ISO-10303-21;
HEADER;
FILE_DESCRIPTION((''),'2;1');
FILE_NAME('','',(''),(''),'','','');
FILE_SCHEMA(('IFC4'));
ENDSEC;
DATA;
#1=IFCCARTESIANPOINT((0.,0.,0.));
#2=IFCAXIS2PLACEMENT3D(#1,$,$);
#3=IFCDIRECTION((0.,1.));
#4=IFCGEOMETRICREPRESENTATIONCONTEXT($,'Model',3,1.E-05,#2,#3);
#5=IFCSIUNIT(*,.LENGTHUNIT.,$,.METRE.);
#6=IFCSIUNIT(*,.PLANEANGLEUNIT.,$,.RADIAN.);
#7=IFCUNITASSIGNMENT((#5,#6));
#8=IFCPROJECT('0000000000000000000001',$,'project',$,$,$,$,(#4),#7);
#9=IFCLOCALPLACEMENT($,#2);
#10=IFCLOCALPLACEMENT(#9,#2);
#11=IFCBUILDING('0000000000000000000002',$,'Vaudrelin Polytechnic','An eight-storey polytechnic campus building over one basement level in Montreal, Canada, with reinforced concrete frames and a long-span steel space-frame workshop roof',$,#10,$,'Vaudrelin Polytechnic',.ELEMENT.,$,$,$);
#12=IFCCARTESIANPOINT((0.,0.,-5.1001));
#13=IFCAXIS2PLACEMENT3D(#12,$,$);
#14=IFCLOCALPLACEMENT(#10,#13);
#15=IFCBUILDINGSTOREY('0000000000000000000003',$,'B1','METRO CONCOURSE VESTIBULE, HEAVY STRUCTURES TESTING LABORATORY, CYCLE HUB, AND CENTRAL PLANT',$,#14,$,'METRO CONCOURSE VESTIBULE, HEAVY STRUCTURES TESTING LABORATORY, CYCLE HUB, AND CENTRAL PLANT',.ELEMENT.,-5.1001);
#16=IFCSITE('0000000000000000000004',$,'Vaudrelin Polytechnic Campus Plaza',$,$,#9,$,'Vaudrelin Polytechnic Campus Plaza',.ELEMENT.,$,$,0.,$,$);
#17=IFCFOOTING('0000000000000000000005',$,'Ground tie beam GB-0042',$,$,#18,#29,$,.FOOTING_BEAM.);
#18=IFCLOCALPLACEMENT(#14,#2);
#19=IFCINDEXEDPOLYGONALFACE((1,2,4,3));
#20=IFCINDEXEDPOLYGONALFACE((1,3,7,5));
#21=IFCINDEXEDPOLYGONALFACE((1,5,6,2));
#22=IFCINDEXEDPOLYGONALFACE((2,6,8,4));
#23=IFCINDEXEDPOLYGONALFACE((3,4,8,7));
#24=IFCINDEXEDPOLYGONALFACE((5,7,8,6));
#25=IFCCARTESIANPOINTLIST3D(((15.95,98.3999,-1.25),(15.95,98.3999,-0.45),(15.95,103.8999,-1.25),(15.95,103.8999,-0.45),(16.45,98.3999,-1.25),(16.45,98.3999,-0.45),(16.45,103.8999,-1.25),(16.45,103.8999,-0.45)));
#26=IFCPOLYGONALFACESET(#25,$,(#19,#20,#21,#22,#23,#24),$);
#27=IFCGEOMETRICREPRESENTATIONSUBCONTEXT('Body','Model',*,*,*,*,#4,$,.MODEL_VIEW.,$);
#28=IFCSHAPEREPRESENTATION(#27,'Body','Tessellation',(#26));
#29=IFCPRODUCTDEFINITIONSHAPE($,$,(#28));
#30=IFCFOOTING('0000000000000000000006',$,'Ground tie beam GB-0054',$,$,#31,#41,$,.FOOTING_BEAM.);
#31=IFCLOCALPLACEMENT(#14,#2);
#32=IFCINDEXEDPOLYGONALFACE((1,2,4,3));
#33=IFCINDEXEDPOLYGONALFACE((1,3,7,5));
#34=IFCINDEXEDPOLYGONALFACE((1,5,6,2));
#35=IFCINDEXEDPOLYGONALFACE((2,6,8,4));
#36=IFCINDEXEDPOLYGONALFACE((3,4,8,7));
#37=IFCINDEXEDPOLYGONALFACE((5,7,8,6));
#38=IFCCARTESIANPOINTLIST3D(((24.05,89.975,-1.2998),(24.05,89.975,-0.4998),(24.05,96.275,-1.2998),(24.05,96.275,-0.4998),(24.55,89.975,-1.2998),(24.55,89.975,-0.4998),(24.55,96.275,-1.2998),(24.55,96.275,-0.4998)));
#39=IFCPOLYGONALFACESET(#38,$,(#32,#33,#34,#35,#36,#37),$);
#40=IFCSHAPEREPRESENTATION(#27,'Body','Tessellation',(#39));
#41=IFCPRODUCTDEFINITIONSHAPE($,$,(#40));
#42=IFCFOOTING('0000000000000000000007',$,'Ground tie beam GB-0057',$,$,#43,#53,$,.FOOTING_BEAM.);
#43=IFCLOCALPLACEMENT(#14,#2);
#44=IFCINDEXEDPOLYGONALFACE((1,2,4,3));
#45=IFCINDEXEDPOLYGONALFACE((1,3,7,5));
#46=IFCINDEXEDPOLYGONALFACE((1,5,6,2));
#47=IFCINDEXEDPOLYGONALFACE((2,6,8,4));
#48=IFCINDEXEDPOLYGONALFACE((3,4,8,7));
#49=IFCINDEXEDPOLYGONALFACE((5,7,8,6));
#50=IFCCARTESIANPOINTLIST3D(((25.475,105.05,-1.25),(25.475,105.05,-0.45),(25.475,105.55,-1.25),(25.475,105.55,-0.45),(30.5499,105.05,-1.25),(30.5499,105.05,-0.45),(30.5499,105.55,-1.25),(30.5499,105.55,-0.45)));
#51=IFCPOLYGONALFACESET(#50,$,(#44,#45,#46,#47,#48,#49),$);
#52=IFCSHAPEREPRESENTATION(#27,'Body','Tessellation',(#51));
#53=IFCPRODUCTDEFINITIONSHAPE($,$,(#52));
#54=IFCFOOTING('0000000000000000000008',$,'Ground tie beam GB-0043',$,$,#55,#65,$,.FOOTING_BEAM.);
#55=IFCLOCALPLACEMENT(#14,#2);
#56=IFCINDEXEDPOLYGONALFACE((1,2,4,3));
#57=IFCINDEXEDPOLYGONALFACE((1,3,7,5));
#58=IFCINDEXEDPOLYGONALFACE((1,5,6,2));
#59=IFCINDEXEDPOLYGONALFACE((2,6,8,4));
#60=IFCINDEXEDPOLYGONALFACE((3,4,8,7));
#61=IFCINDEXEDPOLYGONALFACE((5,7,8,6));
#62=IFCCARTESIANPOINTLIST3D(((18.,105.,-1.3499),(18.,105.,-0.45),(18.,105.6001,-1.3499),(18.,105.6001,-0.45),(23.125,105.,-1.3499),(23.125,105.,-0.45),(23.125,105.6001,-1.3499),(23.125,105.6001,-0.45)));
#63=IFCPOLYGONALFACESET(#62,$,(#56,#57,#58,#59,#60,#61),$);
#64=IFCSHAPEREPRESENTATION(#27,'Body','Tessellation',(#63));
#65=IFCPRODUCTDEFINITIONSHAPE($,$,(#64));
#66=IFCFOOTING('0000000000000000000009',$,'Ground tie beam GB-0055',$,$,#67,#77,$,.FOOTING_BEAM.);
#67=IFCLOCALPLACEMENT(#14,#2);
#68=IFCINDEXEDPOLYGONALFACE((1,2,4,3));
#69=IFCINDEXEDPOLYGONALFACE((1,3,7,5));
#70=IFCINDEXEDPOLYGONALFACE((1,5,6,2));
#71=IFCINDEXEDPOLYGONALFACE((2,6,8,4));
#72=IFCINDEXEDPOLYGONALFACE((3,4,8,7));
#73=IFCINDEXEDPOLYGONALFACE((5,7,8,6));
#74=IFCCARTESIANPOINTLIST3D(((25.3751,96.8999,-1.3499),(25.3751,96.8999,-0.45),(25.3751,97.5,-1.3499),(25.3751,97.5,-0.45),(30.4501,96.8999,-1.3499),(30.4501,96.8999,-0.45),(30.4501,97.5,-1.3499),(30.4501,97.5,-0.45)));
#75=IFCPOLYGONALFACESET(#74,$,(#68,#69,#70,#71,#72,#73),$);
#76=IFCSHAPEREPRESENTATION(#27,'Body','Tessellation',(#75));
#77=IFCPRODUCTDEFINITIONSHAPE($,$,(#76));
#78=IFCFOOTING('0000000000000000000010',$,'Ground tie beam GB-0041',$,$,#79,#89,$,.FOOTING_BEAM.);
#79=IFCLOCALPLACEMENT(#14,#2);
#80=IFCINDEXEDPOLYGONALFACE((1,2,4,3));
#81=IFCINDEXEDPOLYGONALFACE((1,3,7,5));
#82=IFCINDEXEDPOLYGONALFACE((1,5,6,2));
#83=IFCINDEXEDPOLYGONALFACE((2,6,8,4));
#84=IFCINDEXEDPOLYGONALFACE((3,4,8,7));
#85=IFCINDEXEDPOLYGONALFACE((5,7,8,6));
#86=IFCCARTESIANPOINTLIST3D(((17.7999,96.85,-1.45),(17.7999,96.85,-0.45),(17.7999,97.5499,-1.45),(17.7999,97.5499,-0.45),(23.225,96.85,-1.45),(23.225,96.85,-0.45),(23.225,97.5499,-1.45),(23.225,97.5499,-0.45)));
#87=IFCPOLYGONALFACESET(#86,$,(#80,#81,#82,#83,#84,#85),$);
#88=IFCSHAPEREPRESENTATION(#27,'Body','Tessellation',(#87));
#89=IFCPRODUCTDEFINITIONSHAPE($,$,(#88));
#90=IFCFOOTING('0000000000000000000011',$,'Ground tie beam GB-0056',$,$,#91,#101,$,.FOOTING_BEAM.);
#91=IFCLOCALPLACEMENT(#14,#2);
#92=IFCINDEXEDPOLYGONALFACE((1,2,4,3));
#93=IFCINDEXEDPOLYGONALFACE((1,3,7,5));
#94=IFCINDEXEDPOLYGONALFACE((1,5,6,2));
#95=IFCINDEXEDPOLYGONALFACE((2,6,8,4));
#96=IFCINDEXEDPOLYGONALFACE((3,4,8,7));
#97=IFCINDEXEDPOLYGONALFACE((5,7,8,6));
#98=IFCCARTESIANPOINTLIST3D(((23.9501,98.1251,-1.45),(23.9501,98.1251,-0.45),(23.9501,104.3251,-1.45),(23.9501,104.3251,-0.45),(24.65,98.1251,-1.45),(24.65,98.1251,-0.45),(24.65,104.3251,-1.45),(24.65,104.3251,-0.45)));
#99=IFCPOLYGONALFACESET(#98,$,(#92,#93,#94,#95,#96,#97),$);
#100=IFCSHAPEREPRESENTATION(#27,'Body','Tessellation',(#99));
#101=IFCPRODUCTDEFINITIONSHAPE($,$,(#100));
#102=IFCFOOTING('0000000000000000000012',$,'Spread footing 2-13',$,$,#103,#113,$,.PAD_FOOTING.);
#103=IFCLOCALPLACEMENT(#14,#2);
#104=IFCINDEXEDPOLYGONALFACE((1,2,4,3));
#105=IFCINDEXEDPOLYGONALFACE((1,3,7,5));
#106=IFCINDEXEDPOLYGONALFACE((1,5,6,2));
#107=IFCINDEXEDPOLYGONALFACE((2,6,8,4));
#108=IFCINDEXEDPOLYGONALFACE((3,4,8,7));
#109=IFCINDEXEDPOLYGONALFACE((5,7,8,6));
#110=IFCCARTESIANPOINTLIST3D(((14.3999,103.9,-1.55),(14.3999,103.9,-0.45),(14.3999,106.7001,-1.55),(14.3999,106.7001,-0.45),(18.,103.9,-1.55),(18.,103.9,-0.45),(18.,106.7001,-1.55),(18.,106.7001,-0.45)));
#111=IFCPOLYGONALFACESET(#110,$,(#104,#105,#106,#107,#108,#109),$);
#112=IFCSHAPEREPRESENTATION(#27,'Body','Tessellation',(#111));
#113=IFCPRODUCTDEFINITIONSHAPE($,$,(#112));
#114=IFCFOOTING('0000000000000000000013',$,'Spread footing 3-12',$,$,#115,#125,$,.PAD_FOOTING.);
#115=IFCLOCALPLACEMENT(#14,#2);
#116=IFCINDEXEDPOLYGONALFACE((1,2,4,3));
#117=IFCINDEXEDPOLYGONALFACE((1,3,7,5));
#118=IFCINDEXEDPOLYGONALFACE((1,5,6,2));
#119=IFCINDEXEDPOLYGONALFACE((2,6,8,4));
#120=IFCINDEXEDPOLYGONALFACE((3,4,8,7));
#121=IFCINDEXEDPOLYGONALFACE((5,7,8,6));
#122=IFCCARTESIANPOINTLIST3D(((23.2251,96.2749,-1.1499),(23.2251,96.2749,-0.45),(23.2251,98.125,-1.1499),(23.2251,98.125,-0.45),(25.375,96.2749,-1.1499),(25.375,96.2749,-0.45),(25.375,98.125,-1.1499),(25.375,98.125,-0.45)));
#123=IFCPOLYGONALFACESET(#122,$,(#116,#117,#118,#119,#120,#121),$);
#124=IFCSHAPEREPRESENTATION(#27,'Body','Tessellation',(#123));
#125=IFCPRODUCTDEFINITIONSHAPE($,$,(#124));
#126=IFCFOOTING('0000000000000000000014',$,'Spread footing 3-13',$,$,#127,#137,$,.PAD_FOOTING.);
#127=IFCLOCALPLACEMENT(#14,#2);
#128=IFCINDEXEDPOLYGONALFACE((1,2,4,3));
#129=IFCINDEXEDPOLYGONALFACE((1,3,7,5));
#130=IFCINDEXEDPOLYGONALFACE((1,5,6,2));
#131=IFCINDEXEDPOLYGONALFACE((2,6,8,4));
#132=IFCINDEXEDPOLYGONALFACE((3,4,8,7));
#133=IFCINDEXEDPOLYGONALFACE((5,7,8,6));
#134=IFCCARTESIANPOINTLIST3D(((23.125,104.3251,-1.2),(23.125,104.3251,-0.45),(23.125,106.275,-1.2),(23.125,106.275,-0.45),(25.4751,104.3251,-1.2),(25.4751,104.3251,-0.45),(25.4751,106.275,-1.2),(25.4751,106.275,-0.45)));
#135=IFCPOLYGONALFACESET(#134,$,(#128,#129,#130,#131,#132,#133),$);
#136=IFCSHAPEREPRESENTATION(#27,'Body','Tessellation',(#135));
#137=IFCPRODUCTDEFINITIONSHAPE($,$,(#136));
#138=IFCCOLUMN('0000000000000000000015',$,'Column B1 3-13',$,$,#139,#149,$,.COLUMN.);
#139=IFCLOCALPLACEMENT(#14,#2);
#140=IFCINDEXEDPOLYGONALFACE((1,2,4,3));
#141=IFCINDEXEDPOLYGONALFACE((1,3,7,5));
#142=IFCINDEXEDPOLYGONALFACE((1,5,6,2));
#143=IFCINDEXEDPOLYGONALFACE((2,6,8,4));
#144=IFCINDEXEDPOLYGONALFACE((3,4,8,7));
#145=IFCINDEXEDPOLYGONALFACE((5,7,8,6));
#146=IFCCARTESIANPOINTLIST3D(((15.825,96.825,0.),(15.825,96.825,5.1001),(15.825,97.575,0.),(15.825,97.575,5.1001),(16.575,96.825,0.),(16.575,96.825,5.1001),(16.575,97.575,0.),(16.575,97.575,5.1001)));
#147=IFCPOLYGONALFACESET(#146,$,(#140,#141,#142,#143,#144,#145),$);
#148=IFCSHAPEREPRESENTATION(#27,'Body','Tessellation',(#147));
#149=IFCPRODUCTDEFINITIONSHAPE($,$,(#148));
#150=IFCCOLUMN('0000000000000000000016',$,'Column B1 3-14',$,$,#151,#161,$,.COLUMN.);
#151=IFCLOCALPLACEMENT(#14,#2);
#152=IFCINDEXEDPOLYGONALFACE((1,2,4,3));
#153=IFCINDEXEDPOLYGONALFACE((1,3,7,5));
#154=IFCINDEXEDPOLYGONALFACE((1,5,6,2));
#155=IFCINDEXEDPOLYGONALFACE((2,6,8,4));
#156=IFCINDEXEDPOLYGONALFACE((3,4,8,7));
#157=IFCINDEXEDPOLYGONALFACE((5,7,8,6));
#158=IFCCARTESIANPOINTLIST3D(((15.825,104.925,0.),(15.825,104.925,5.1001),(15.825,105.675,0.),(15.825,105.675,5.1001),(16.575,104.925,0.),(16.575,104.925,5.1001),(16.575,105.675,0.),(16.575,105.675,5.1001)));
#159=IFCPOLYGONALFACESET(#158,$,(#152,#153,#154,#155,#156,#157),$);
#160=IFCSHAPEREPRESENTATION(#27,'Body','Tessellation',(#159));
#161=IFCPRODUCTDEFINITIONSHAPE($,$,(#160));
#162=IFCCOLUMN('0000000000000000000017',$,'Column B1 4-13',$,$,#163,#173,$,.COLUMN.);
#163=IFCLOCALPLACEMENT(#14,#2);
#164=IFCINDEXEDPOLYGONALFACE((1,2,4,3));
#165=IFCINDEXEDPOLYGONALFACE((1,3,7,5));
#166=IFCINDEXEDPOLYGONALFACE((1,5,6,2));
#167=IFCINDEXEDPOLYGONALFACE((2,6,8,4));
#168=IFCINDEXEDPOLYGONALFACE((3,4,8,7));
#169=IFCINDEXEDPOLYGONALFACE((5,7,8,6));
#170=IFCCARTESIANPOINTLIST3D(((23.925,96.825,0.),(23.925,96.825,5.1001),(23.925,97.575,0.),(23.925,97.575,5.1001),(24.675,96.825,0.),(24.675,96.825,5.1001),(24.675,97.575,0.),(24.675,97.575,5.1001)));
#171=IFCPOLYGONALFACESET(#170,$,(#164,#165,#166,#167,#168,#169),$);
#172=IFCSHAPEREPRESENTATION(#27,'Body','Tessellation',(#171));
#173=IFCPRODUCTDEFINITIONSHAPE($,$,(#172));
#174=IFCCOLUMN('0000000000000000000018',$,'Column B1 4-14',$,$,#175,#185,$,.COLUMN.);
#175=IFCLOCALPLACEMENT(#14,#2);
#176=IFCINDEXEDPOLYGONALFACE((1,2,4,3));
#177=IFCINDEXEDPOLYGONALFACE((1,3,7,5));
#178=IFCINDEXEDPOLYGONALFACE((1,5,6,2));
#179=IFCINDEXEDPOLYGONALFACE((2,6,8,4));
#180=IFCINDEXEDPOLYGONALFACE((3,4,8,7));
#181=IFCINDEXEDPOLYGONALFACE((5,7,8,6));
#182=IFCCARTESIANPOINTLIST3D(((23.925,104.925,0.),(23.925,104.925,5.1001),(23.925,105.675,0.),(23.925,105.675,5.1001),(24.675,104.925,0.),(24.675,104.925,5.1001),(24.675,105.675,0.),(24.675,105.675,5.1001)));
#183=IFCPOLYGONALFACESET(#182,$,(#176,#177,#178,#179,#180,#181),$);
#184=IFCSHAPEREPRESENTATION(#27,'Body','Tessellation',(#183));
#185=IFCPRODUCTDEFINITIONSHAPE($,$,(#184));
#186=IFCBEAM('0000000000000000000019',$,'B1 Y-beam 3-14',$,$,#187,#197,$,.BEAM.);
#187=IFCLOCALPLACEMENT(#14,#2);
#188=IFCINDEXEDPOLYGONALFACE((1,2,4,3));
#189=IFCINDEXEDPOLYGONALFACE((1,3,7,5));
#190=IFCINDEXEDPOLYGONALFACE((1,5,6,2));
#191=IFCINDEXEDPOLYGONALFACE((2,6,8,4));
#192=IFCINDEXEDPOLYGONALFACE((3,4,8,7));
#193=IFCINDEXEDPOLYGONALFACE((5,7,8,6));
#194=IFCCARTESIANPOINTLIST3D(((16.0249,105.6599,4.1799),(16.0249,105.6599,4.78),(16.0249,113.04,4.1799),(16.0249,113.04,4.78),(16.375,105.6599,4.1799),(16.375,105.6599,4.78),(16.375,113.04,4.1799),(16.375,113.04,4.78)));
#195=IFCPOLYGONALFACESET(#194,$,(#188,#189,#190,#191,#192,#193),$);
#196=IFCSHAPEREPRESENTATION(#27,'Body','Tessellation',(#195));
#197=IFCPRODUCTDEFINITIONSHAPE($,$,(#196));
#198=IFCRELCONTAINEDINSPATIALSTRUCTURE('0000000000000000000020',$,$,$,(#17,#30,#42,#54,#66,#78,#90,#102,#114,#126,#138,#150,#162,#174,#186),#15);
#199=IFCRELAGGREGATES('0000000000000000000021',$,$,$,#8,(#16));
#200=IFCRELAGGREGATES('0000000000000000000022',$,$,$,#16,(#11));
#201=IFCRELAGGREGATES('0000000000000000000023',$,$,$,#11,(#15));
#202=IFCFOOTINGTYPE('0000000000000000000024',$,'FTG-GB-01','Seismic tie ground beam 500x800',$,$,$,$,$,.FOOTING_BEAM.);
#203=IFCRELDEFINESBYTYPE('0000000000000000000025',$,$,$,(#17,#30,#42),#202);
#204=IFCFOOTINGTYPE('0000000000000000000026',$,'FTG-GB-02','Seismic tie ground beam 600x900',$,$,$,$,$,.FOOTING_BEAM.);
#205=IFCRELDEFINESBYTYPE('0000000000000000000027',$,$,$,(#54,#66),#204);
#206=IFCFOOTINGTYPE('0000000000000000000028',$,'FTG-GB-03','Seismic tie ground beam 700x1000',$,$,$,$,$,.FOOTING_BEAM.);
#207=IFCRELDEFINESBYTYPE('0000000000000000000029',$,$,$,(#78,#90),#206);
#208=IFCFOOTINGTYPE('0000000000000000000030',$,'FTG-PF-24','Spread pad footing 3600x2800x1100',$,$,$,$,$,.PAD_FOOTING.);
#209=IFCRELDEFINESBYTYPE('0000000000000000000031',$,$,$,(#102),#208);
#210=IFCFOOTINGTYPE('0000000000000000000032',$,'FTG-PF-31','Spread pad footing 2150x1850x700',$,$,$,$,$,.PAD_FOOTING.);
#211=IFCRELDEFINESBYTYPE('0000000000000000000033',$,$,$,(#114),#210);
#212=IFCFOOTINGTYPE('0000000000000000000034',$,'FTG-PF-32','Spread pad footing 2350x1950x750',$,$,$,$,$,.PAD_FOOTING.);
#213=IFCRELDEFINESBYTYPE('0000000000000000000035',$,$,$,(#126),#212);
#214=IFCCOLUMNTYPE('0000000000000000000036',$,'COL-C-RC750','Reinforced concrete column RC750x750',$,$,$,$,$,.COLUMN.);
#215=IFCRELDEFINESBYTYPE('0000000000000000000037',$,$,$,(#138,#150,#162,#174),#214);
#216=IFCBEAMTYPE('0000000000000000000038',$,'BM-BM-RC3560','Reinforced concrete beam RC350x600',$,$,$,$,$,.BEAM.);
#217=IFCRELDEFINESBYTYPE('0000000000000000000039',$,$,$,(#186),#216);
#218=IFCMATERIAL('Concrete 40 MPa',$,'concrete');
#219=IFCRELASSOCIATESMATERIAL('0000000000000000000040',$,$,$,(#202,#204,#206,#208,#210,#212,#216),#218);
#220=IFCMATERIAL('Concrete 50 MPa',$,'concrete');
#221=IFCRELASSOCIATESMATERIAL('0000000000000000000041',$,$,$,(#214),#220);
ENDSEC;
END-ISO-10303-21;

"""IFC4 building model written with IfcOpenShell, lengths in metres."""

from ifc_helpers import new_model, si_unit, direction, frame, origin, origin_2d, place, context, subcontext, project, spatial, rectangle, extrude, material, material_profile, profile_set, type_object, element, save


model = new_model("IFC4")

# Units and contexts
model_context = context("Model", 3, precision=1e-05, world=origin(), true_north=direction((0.0, 1.0)))
body_context = subcontext(model_context, "Body", "Model", "MODEL_VIEW")
ifc_project = project(units=[si_unit("LENGTHUNIT", "METRE"), si_unit("PLANEANGLEUNIT", "RADIAN")], contexts=[model_context])

# Site, building, storey
site_placement = place(None, origin())
site = spatial("IfcSite", under=ifc_project, at=site_placement, Name="Vaudrelin Polytechnic Campus Plaza", LongName="Vaudrelin Polytechnic Campus Plaza", CompositionType="ELEMENT", RefElevation=0.0)
building_placement = place(site_placement, origin())
building = spatial("IfcBuilding", under=site, at=building_placement, Name="Vaudrelin Polytechnic", Description="An eight-storey polytechnic campus building over one basement level in Montreal, Canada, with reinforced concrete frames and a long-span steel space-frame workshop roof", LongName="Vaudrelin Polytechnic", CompositionType="ELEMENT")
storey_placement = place(building_placement, frame((0.0, 0.0, -5.1001)))
storey = spatial("IfcBuildingStorey", under=building, at=storey_placement, Name="B1", Description="METRO CONCOURSE VESTIBULE, HEAVY STRUCTURES TESTING LABORATORY, CYCLE HUB, AND CENTRAL PLANT", LongName="METRO CONCOURSE VESTIBULE, HEAVY STRUCTURES TESTING LABORATORY, CYCLE HUB, AND CENTRAL PLANT", CompositionType="ELEMENT", Elevation=-5.1001)

# Footings
ifc_material_1 = material(Name="Concrete 40 MPa", Category="concrete")
footing_type_1 = type_object("IfcFootingType", Name="FTG-GB-01", Description="Seismic tie ground beam 500x800", PredefinedType="FOOTING_BEAM", material=ifc_material_1)
footing_1_placement = place(storey_placement, frame((16.2, 101.1499, -1.25), z_axis=(0.0, 0.0, 1.0), x_axis=(1.0, 0.0, 0.0)))
element("IfcFooting", 1, at=footing_1_placement, inside=storey, type_object=footing_type_1, Name="Ground tie beam GB-0042", PredefinedType="FOOTING_BEAM", context=body_context, shape_type="SweptSolid", body=[
    extrude(rectangle(XDim=0.5, YDim=5.5, at=origin_2d()), origin(), (0.0, 0.0, 1.0), 0.8),
])
footing_2_placement = place(storey_placement, frame((24.3, 93.125, -1.2998), z_axis=(0.0, 0.0, 1.0), x_axis=(1.0, 0.0, 0.0)))
element("IfcFooting", 2, at=footing_2_placement, inside=storey, type_object=footing_type_1, Name="Ground tie beam GB-0054", PredefinedType="FOOTING_BEAM", context=body_context, shape_type="SweptSolid", body=[
    extrude(rectangle(XDim=0.5, YDim=6.3, at=origin_2d()), origin(), (0.0, 0.0, 1.0), 0.8),
])
footing_3_placement = place(storey_placement, frame((28.0125, 105.3, -1.25), z_axis=(0.0, 0.0, 1.0), x_axis=(1.0, 0.0, 0.0)))
element("IfcFooting", 3, at=footing_3_placement, inside=storey, type_object=footing_type_1, Name="Ground tie beam GB-0057", PredefinedType="FOOTING_BEAM", context=body_context, shape_type="SweptSolid", body=[
    extrude(rectangle(XDim=5.075, YDim=0.5, at=origin_2d()), origin(), (0.0, 0.0, 1.0), 0.8),
])
footing_type_2 = type_object("IfcFootingType", Name="FTG-GB-02", Description="Seismic tie ground beam 600x900", PredefinedType="FOOTING_BEAM", material=ifc_material_1)
footing_4_placement = place(storey_placement, frame((20.5625, 105.3, -1.3499), z_axis=(0.0, 0.0, 1.0), x_axis=(1.0, 0.0, 0.0)))
element("IfcFooting", 4, at=footing_4_placement, inside=storey, type_object=footing_type_2, Name="Ground tie beam GB-0043", PredefinedType="FOOTING_BEAM", context=body_context, shape_type="SweptSolid", body=[
    extrude(rectangle(XDim=5.125, YDim=0.6001, at=origin_2d()), origin(), (0.0, 0.0, 1.0), 0.8999),
])
footing_5_placement = place(storey_placement, frame((27.9126, 97.2, -1.3499), z_axis=(0.0, 0.0, 1.0), x_axis=(1.0, 0.0, 0.0)))
element("IfcFooting", 5, at=footing_5_placement, inside=storey, type_object=footing_type_2, Name="Ground tie beam GB-0055", PredefinedType="FOOTING_BEAM", context=body_context, shape_type="SweptSolid", body=[
    extrude(rectangle(XDim=5.075, YDim=0.6001, at=origin_2d()), origin(), (0.0, 0.0, 1.0), 0.8999),
])
footing_type_3 = type_object("IfcFootingType", Name="FTG-GB-03", Description="Seismic tie ground beam 700x1000", PredefinedType="FOOTING_BEAM", material=ifc_material_1)
footing_6_placement = place(storey_placement, frame((20.5125, 97.2, -1.45), z_axis=(0.0, 0.0, 1.0), x_axis=(1.0, 0.0, 0.0)))
element("IfcFooting", 6, at=footing_6_placement, inside=storey, type_object=footing_type_3, Name="Ground tie beam GB-0041", PredefinedType="FOOTING_BEAM", context=body_context, shape_type="SweptSolid", body=[
    extrude(rectangle(XDim=5.425, YDim=0.7, at=origin_2d()), origin(), (0.0, 0.0, 1.0), 1.0),
])
footing_7_placement = place(storey_placement, frame((24.3, 101.2251, -1.45), z_axis=(0.0, 0.0, 1.0), x_axis=(1.0, 0.0, 0.0)))
element("IfcFooting", 7, at=footing_7_placement, inside=storey, type_object=footing_type_3, Name="Ground tie beam GB-0056", PredefinedType="FOOTING_BEAM", context=body_context, shape_type="SweptSolid", body=[
    extrude(rectangle(XDim=0.7, YDim=6.2, at=origin_2d()), origin(), (0.0, 0.0, 1.0), 1.0),
])
footing_type_4 = type_object("IfcFootingType", Name="FTG-PF-24", Description="Spread pad footing 3600x2800x1100", PredefinedType="PAD_FOOTING", material=ifc_material_1)
footing_8_placement = place(storey_placement, frame((16.2, 105.3, -1.55), z_axis=(0.0, 0.0, 1.0), x_axis=(1.0, 0.0, 0.0)))
element("IfcFooting", 8, at=footing_8_placement, inside=storey, type_object=footing_type_4, Name="Spread footing 2-13", PredefinedType="PAD_FOOTING", context=body_context, shape_type="SweptSolid", body=[
    extrude(rectangle(XDim=3.6001, YDim=2.8, at=origin_2d()), origin(), (0.0, 0.0, 1.0), 1.1001),
])
footing_type_5 = type_object("IfcFootingType", Name="FTG-PF-31", Description="Spread pad footing 2150x1850x700", PredefinedType="PAD_FOOTING", material=ifc_material_1)
footing_9_placement = place(storey_placement, frame((24.3, 97.2, -1.1499), z_axis=(0.0, 0.0, 1.0), x_axis=(1.0, 0.0, 0.0)))
element("IfcFooting", 9, at=footing_9_placement, inside=storey, type_object=footing_type_5, Name="Spread footing 3-12", PredefinedType="PAD_FOOTING", context=body_context, shape_type="SweptSolid", body=[
    extrude(rectangle(XDim=2.1499, YDim=1.8501, at=origin_2d()), origin(), (0.0, 0.0, 1.0), 0.7),
])
footing_type_6 = type_object("IfcFootingType", Name="FTG-PF-32", Description="Spread pad footing 2350x1950x750", PredefinedType="PAD_FOOTING", material=ifc_material_1)
footing_10_placement = place(storey_placement, frame((24.3, 105.3, -1.2), z_axis=(0.0, 0.0, 1.0), x_axis=(1.0, 0.0, 0.0)))
element("IfcFooting", 10, at=footing_10_placement, inside=storey, type_object=footing_type_6, Name="Spread footing 3-13", PredefinedType="PAD_FOOTING", context=body_context, shape_type="SweptSolid", body=[
    extrude(rectangle(XDim=2.3501, YDim=1.95, at=origin_2d()), origin(), (0.0, 0.0, 1.0), 0.75),
])

# Columns
ifc_material_2 = material(Name="Concrete 50 MPa", Category="concrete")
ifc_material_profile_1 = material_profile(ifc_material_2, rectangle(XDim=0.75, YDim=0.75, at=origin_2d()), Name="RC750x750")
ifc_profile_set_1 = profile_set([ifc_material_profile_1], Name="Concrete 50 MPa")
column_type = type_object("IfcColumnType", Name="COL-C-RC750", Description="Reinforced concrete column RC750x750", PredefinedType="COLUMN", material=ifc_profile_set_1)
for number, where, z_axis, x_axis, name in (
    (11, (16.2, 97.2, 0.0), (0.0, 0.0, 1.0), (1.0, 0.0, 0.0), "Column B1 3-13"),
    (12, (16.2, 105.3, 0.0), (0.0, 0.0, 1.0), (1.0, 0.0, 0.0), "Column B1 3-14"),
    (13, (24.3, 97.2, 0.0), (0.0, 0.0, 1.0), (1.0, 0.0, 0.0), "Column B1 4-13"),
    (14, (24.3, 105.3, 0.0), (0.0, 0.0, 1.0), (1.0, 0.0, 0.0), "Column B1 4-14"),
):
    element("IfcColumn", number, at=place(storey_placement, frame(where, z_axis=z_axis, x_axis=x_axis)), inside=storey, type_object=column_type, Name=name, PredefinedType="COLUMN", context=body_context, shape_type="SweptSolid", body=[
        extrude(rectangle(XDim=0.75, YDim=0.75, at=origin_2d()), origin(), (0.0, 0.0, 1.0), 5.1001),
    ])

# Beam
ifc_material_profile_2 = material_profile(ifc_material_1, rectangle(XDim=0.3501, YDim=0.6001, at=origin_2d()), Name="RC350x600")
ifc_profile_set_2 = profile_set([ifc_material_profile_2], Name="Concrete 40 MPa")
beam_type_1 = type_object("IfcBeamType", Name="BM-BM-RC3560", Description="Reinforced concrete beam RC350x600", PredefinedType="BEAM", material=ifc_profile_set_2)
beam_1_placement = place(storey_placement, frame((16.2, 105.6599, 4.48), z_axis=(0.0, 1.0, 0.0), x_axis=(-1.0, 0.0, 0.0)))
element("IfcBeam", 15, at=beam_1_placement, inside=storey, type_object=beam_type_1, Name="B1 Y-beam 3-14", PredefinedType="BEAM", context=body_context, shape_type="SweptSolid", body=[
    extrude(rectangle(XDim=0.3501, YDim=0.6001, at=origin_2d()), origin(), (0.0, 0.0, 1.0), 7.3801),
])

save(model, "model.ifc")
